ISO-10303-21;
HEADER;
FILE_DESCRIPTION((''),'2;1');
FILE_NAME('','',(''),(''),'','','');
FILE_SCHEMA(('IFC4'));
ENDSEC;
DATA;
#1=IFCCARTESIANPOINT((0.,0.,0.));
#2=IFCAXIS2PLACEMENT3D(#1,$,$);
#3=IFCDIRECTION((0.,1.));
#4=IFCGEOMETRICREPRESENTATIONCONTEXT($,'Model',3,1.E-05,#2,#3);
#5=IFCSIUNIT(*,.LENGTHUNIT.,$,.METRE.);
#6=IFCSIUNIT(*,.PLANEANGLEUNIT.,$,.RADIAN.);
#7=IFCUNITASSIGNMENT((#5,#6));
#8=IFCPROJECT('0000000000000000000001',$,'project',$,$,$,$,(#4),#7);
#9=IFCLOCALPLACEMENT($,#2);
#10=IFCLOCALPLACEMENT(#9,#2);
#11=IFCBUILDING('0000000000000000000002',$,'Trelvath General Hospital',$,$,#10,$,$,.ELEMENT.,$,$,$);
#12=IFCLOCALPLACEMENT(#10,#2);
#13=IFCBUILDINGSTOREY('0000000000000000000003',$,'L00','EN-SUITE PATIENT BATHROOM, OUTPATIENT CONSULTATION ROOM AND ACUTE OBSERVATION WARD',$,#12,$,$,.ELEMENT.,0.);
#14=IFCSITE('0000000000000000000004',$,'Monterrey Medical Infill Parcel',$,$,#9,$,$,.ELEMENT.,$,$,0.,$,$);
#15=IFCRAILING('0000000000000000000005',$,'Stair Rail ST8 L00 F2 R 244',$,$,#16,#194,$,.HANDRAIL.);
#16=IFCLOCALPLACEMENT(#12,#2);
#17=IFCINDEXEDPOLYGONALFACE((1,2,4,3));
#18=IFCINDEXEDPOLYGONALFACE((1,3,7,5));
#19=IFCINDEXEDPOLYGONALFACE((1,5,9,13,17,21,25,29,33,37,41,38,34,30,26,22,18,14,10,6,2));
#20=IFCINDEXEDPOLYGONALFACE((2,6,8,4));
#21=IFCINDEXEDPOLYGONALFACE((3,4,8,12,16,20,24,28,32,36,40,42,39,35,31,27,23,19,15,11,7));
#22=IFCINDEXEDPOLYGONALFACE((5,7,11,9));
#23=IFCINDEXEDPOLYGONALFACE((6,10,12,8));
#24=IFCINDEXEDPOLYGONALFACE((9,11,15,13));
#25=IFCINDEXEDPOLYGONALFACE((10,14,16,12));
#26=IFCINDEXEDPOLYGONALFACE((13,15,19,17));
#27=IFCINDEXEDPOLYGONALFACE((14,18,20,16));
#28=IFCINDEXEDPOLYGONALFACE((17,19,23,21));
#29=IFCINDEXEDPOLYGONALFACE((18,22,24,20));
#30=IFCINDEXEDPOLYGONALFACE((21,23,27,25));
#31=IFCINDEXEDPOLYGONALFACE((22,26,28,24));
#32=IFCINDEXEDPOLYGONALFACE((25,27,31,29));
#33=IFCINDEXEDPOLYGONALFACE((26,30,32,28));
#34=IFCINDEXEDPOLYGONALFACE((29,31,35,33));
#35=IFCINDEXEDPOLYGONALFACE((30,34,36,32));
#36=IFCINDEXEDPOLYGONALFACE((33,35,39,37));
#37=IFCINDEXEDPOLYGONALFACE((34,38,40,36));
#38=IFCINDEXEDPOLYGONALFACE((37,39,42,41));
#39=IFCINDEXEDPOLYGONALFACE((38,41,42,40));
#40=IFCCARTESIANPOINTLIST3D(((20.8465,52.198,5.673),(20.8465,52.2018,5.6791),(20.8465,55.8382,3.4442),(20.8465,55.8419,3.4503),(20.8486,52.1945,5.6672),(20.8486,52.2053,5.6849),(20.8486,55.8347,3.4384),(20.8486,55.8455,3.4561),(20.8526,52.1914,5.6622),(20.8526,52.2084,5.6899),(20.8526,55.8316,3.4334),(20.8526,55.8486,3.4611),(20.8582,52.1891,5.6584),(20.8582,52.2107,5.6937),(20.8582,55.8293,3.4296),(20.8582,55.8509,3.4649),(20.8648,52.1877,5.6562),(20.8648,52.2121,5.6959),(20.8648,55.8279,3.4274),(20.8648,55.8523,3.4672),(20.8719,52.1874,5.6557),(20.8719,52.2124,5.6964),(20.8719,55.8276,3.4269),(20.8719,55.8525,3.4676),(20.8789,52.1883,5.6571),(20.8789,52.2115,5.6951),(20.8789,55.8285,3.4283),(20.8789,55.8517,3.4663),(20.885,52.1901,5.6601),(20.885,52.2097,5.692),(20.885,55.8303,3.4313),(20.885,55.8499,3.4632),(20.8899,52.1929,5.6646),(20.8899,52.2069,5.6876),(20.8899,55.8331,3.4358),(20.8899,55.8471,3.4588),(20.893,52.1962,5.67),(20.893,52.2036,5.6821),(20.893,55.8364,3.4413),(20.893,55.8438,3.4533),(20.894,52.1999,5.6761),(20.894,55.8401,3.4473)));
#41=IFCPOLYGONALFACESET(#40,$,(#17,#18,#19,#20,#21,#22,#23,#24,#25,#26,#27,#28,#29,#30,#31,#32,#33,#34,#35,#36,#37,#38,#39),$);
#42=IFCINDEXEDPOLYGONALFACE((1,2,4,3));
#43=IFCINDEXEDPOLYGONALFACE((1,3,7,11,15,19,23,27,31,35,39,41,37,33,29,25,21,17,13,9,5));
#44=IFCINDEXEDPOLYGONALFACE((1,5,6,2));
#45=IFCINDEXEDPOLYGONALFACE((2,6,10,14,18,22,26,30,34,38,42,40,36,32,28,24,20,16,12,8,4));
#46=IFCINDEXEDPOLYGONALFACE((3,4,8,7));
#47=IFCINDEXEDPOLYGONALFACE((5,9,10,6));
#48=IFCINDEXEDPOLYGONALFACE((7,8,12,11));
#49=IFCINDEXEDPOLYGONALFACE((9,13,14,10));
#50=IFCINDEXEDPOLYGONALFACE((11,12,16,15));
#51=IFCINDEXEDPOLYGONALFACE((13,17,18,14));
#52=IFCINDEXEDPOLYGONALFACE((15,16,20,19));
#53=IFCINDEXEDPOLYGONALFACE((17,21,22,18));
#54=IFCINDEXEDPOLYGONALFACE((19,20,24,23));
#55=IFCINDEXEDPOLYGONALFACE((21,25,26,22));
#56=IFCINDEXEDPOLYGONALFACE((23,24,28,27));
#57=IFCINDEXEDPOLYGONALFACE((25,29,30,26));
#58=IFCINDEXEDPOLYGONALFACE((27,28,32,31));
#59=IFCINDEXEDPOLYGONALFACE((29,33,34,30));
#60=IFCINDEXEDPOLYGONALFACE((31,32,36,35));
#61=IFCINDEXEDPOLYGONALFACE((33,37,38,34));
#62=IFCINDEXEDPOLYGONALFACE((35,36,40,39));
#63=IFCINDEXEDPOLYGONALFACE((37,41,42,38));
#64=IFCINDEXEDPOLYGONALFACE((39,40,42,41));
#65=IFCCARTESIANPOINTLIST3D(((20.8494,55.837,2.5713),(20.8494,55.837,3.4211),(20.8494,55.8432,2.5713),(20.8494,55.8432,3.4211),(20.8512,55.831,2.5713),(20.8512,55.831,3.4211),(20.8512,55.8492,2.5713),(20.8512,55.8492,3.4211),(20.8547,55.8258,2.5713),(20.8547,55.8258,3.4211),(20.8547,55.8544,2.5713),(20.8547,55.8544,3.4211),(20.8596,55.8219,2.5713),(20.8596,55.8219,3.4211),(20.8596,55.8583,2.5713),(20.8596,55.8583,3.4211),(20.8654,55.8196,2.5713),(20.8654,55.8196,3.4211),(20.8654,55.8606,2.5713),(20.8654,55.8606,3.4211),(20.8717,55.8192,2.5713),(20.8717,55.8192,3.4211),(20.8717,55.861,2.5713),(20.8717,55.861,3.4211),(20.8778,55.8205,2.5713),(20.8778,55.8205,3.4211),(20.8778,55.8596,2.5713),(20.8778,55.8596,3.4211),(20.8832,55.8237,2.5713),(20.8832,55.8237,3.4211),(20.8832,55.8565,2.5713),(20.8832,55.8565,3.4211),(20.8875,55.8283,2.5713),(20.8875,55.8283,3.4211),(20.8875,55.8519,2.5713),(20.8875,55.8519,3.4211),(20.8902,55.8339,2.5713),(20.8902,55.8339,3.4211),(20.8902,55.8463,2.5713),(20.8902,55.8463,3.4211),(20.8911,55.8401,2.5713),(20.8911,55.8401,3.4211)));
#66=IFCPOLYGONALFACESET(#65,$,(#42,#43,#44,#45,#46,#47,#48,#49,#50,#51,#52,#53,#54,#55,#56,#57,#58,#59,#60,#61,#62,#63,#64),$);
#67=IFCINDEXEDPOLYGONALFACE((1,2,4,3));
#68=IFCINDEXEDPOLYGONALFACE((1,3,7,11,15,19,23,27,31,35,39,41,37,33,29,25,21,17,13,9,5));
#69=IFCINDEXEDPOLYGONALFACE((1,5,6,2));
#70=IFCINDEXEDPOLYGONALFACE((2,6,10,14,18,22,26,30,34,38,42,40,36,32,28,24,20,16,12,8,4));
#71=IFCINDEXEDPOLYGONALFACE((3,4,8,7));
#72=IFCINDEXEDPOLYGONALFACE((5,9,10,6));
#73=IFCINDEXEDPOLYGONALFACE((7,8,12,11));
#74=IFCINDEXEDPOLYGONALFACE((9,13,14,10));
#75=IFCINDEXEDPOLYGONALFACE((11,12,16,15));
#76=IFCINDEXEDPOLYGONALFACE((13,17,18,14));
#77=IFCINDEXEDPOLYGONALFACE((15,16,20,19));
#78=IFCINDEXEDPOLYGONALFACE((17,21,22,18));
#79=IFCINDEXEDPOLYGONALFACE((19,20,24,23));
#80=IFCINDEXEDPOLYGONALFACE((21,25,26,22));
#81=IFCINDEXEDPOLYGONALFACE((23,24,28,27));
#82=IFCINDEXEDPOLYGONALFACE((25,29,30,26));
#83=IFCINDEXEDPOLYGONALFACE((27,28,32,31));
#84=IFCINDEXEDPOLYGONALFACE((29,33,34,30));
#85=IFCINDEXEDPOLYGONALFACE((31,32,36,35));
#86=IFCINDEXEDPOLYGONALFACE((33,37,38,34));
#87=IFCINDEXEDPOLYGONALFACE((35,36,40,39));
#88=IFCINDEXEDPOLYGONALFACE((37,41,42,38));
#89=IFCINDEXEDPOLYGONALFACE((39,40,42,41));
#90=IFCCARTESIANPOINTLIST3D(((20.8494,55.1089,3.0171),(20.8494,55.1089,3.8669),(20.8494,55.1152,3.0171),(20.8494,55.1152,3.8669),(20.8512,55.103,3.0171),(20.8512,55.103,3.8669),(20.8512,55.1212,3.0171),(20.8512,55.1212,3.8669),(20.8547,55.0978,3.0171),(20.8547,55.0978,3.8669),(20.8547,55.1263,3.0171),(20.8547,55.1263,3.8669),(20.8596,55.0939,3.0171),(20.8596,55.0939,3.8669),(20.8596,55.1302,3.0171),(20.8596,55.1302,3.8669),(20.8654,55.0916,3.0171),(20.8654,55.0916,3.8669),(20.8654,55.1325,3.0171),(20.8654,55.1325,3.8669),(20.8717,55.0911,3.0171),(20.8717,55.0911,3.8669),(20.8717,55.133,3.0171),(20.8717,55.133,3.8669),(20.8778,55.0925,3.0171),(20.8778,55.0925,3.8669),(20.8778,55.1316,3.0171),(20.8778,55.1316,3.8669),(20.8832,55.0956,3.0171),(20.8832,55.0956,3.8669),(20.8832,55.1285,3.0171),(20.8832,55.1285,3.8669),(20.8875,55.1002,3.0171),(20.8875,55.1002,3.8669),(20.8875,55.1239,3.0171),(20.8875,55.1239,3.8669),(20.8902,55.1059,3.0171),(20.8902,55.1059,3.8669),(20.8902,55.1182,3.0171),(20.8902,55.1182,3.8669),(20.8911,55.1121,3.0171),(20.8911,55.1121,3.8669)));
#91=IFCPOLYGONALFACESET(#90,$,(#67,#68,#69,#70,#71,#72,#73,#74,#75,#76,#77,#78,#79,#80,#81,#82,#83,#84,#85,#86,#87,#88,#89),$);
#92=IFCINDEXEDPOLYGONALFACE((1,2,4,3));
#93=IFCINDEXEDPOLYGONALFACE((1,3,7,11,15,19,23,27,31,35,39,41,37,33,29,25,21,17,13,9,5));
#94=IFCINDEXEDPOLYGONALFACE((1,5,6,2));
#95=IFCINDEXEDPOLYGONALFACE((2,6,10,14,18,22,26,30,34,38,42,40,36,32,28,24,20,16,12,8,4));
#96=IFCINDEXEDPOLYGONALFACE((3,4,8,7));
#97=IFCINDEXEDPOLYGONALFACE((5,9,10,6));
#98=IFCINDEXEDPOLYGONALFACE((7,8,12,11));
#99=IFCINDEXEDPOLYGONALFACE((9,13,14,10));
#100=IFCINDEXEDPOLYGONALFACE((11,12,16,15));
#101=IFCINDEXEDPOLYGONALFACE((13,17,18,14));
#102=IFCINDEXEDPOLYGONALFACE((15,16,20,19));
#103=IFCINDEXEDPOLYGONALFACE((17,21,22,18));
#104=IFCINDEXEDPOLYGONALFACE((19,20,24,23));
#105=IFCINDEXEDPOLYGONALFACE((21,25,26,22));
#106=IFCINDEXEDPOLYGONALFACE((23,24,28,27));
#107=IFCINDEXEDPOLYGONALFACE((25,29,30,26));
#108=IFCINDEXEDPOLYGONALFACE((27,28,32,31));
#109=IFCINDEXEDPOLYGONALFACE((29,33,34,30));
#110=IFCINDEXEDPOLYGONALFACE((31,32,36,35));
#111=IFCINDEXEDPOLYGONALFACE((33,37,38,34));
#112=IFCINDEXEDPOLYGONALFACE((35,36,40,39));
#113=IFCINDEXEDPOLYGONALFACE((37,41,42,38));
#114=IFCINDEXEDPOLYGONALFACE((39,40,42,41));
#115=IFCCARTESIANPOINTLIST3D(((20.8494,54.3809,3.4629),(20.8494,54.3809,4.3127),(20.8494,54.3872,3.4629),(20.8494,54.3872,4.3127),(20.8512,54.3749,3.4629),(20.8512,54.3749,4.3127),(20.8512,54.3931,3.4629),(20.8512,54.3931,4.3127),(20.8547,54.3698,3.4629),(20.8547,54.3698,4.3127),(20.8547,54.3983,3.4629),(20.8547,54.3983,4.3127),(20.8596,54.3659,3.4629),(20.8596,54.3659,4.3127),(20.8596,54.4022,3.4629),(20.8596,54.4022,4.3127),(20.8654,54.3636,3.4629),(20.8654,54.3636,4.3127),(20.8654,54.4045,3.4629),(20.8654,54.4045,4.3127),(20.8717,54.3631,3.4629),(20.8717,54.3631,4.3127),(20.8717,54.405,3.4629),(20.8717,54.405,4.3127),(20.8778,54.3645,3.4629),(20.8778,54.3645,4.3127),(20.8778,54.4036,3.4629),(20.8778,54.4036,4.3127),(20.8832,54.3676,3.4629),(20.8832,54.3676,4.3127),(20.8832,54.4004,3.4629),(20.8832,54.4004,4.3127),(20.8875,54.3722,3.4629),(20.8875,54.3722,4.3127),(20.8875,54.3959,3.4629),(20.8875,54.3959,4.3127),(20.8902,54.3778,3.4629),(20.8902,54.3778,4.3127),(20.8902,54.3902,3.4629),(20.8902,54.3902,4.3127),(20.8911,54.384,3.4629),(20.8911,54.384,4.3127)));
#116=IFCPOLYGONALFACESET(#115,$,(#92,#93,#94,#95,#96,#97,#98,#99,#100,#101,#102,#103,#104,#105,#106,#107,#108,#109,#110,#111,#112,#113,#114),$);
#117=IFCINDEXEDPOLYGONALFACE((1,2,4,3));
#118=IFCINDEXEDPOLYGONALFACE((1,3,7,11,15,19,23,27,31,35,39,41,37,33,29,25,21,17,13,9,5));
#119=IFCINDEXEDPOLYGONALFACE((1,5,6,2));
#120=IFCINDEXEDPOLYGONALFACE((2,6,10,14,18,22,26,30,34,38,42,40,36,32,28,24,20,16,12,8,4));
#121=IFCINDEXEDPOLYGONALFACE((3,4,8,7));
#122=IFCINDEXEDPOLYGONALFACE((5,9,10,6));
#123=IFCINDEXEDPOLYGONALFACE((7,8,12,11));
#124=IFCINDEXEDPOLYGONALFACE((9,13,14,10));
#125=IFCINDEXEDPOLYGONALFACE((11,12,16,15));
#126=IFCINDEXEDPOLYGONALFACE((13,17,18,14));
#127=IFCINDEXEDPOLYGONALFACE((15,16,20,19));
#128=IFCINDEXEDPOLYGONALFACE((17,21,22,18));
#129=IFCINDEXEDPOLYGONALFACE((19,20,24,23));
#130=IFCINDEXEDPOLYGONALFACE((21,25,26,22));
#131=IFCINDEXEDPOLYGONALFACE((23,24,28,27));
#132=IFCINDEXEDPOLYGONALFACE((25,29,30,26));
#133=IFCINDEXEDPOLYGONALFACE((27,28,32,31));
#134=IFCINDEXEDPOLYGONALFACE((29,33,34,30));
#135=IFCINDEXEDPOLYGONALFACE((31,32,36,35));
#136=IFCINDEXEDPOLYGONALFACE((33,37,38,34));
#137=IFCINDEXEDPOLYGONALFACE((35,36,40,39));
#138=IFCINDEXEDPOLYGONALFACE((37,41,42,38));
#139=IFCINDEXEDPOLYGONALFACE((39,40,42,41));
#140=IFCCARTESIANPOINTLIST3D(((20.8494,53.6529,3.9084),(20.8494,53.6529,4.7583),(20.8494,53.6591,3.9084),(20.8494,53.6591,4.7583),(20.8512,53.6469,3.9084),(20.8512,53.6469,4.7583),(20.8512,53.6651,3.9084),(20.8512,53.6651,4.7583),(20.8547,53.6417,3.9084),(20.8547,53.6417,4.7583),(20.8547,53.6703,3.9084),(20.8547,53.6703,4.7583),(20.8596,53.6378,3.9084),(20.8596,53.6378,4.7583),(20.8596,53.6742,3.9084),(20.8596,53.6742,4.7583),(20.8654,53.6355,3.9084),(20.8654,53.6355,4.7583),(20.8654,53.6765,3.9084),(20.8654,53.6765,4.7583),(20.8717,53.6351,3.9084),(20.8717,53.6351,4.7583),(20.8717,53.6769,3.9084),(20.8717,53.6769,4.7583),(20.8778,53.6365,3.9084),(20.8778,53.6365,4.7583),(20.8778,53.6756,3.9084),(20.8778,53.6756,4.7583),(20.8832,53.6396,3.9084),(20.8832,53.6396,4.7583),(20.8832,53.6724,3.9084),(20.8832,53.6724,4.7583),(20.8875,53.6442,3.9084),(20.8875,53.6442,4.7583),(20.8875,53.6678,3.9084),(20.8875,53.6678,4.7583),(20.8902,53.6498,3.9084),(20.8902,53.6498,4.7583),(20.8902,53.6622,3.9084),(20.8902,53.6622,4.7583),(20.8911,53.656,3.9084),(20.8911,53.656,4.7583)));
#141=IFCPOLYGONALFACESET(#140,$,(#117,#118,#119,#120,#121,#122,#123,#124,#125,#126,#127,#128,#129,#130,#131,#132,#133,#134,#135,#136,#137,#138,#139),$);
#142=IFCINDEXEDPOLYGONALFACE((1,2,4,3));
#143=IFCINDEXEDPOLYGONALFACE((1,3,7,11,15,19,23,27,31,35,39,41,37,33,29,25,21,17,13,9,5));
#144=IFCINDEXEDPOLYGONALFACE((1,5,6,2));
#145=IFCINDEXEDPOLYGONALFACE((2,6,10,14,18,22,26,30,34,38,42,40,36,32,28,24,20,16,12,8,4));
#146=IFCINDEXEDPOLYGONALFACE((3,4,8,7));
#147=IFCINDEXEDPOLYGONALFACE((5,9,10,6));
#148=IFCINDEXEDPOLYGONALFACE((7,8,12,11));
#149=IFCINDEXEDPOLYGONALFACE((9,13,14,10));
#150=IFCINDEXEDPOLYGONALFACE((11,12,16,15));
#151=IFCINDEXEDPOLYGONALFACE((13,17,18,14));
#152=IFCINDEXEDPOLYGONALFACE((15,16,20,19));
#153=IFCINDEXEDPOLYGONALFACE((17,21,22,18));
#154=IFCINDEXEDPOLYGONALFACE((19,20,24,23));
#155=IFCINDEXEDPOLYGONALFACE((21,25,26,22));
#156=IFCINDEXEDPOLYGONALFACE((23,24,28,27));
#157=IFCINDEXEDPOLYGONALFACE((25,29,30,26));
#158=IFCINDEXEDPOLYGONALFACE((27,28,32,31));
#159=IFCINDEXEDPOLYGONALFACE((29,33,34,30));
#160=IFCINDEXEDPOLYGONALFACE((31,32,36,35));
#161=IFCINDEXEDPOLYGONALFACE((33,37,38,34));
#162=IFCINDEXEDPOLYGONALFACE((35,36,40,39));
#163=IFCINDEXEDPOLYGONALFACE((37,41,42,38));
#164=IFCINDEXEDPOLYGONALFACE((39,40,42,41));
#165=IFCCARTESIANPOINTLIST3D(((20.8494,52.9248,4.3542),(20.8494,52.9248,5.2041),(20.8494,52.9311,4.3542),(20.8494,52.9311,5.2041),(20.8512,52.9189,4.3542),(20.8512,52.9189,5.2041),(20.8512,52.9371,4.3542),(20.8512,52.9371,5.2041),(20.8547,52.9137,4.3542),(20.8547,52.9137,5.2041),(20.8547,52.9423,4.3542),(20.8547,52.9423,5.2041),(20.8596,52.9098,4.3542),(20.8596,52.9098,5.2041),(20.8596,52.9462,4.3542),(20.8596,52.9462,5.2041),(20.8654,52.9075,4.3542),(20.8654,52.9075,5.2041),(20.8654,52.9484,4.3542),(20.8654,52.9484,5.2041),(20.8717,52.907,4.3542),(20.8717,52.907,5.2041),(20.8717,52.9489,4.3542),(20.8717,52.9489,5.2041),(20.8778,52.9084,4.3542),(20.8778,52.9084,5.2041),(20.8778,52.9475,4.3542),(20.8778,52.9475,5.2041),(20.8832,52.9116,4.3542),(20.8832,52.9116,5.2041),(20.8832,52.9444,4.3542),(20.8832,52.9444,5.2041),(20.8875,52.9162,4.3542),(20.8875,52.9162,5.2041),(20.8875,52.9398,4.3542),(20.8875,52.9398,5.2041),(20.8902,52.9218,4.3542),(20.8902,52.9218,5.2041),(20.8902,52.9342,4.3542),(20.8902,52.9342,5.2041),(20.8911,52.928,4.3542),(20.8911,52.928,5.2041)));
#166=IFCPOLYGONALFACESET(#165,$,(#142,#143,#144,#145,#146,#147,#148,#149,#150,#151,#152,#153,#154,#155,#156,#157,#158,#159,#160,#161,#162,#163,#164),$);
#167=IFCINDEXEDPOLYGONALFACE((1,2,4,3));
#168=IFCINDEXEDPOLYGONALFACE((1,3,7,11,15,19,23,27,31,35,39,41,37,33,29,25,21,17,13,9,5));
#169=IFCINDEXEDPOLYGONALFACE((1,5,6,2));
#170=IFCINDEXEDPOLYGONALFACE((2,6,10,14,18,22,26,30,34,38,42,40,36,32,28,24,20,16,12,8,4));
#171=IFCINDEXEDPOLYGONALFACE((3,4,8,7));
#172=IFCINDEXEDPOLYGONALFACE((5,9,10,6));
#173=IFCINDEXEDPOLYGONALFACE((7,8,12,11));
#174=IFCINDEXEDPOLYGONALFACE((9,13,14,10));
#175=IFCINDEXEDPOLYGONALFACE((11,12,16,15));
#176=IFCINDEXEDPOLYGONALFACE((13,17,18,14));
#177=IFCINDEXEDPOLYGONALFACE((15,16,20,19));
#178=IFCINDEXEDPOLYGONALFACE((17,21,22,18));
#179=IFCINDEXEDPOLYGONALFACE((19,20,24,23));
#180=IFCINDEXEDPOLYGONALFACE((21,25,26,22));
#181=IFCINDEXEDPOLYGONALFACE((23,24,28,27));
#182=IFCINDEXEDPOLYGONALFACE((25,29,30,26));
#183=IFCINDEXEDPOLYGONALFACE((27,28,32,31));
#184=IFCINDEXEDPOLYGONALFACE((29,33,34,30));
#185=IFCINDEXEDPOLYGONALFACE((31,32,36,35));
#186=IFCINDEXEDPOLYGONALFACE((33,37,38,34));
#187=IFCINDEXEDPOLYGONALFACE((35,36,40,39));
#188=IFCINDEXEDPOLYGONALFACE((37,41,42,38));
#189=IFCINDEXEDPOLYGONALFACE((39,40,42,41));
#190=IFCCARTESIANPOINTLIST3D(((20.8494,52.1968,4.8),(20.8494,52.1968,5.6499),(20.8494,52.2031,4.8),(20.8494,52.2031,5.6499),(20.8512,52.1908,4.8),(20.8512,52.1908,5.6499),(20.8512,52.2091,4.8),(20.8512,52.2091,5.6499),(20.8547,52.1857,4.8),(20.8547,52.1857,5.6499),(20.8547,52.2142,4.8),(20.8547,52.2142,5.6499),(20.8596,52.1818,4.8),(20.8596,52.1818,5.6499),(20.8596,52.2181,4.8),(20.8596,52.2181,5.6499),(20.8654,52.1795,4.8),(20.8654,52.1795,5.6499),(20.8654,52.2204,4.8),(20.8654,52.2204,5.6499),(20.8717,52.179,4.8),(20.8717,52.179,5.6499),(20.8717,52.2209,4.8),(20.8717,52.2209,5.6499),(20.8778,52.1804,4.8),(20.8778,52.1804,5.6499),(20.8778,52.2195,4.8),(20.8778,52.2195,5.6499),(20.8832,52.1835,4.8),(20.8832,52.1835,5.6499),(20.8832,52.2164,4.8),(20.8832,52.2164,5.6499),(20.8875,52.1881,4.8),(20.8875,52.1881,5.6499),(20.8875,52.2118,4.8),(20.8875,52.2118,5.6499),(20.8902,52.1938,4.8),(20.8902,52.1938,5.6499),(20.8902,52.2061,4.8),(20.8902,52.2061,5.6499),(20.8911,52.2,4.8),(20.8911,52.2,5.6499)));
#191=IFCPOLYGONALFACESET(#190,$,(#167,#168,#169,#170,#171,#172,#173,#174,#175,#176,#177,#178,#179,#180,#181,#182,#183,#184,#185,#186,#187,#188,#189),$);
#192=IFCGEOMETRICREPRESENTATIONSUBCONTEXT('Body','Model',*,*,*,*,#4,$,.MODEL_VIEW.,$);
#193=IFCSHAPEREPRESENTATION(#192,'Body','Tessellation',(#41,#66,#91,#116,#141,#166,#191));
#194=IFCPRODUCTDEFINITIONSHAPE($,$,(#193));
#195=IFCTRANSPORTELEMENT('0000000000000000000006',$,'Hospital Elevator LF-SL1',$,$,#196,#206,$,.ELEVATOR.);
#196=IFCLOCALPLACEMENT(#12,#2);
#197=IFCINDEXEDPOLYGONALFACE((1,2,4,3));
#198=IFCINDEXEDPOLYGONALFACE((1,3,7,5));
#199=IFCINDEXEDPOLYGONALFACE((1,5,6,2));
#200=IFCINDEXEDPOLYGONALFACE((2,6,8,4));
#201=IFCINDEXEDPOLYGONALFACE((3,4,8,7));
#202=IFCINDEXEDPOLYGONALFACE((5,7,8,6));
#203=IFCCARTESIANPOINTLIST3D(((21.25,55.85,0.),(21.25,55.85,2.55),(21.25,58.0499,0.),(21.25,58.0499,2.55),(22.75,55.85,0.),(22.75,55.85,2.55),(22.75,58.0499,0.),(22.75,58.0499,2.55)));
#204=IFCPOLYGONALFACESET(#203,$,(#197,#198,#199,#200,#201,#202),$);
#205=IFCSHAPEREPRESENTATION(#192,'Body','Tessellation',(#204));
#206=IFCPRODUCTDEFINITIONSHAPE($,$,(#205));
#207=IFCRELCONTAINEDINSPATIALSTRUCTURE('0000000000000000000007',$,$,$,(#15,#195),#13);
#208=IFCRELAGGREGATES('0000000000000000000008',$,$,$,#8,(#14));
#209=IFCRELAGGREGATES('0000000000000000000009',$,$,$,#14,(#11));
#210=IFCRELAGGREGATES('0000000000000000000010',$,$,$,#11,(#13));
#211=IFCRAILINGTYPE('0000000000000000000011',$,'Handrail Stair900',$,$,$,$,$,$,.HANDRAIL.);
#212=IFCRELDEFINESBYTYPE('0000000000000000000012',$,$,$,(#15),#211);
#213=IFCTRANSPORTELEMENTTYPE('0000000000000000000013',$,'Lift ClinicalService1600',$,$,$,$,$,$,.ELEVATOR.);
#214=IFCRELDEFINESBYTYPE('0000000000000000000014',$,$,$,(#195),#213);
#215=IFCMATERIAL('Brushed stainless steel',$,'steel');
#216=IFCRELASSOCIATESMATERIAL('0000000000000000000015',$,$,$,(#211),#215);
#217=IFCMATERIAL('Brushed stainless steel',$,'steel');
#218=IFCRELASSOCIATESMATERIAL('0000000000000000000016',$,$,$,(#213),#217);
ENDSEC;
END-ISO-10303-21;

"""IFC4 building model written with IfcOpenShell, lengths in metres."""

from ifc_helpers import new_model, si_unit, direction, frame, origin, origin_2d, place, context, subcontext, project, spatial, rectangle, circle, extrude, material, type_object, element, save


model = new_model("IFC4")

# Units and contexts
model_context = context("Model", 3, precision=1e-05, world=origin(), true_north=direction((0.0, 1.0)))
body_context = subcontext(model_context, "Body", "Model", "MODEL_VIEW")
ifc_project = project(units=[si_unit("LENGTHUNIT", "METRE"), si_unit("PLANEANGLEUNIT", "RADIAN")], contexts=[model_context])

# Site, building, storey
site_placement = place(None, origin())
site = spatial("IfcSite", under=ifc_project, at=site_placement, Name="Monterrey Medical Infill Parcel", CompositionType="ELEMENT", RefElevation=0.0)
building_placement = place(site_placement, origin())
building = spatial("IfcBuilding", under=site, at=building_placement, Name="Trelvath General Hospital", CompositionType="ELEMENT")
storey_placement = place(building_placement, origin())
storey = spatial("IfcBuildingStorey", under=building, at=storey_placement, Name="L00", Description="EN-SUITE PATIENT BATHROOM, OUTPATIENT CONSULTATION ROOM AND ACUTE OBSERVATION WARD", CompositionType="ELEMENT", Elevation=0.0)

# Railing
ifc_material_1 = material(Name="Brushed stainless steel", Category="steel")
railing_type_1 = type_object("IfcRailingType", Name="Handrail Stair900", PredefinedType="HANDRAIL", material=ifc_material_1)
railing_1_placement = place(storey_placement, frame((20.8701, 55.8401, 2.5713)))
element("IfcRailing", 1, at=railing_1_placement, inside=storey, type_object=railing_type_1, Name="Stair Rail ST8 L00 F2 R 244", PredefinedType="HANDRAIL", context=body_context, shape_type="SweptSolid", body=[
    extrude(circle(Radius=0.0239, at=origin_2d()), frame((0.0, 0.0, 0.876), z_axis=(0.0, -0.85284, 0.522172), x_axis=(1.0, 0.0, 0.0)), (0.0, 0.0, 1.0), 4.2683),
    extrude(circle(Radius=0.021, at=origin_2d()), origin(), (0.0, 0.0, 1.0), 0.8499),
    extrude(circle(Radius=0.021, at=origin_2d()), frame((0.0, -0.728, 0.4458)), (0.0, 0.0, 1.0), 0.8499),
    extrude(circle(Radius=0.021, at=origin_2d()), frame((0.0, -1.4561, 0.8916)), (0.0, 0.0, 1.0), 0.8499),
    extrude(circle(Radius=0.021, at=origin_2d()), frame((0.0, -2.1841, 1.3372)), (0.0, 0.0, 1.0), 0.8499),
    extrude(circle(Radius=0.021, at=origin_2d()), frame((0.0, -2.9121, 1.783)), (0.0, 0.0, 1.0), 0.8499),
    extrude(circle(Radius=0.021, at=origin_2d()), frame((0.0, -3.6401, 2.2288)), (0.0, 0.0, 1.0), 0.8499),
])

# Transport element
ifc_material_2 = material(Name="Brushed stainless steel", Category="steel")
transport_element_type = type_object("IfcTransportElementType", Name="Lift ClinicalService1600", PredefinedType="ELEVATOR", material=ifc_material_2)
transport_element_placement = place(storey_placement, frame((22.0, 56.95, 0.0), z_axis=(0.0, 0.0, 1.0), x_axis=(1.0, 0.0, 0.0)))
element("IfcTransportElement", 2, at=transport_element_placement, inside=storey, type_object=transport_element_type, Name="Hospital Elevator LF-SL1", PredefinedType="ELEVATOR", context=body_context, shape_type="SweptSolid", body=[
    extrude(rectangle(XDim=1.5, YDim=2.2, at=origin_2d()), origin(), (0.0, 0.0, 1.0), 2.55),
])

save(model, "model.ifc")
